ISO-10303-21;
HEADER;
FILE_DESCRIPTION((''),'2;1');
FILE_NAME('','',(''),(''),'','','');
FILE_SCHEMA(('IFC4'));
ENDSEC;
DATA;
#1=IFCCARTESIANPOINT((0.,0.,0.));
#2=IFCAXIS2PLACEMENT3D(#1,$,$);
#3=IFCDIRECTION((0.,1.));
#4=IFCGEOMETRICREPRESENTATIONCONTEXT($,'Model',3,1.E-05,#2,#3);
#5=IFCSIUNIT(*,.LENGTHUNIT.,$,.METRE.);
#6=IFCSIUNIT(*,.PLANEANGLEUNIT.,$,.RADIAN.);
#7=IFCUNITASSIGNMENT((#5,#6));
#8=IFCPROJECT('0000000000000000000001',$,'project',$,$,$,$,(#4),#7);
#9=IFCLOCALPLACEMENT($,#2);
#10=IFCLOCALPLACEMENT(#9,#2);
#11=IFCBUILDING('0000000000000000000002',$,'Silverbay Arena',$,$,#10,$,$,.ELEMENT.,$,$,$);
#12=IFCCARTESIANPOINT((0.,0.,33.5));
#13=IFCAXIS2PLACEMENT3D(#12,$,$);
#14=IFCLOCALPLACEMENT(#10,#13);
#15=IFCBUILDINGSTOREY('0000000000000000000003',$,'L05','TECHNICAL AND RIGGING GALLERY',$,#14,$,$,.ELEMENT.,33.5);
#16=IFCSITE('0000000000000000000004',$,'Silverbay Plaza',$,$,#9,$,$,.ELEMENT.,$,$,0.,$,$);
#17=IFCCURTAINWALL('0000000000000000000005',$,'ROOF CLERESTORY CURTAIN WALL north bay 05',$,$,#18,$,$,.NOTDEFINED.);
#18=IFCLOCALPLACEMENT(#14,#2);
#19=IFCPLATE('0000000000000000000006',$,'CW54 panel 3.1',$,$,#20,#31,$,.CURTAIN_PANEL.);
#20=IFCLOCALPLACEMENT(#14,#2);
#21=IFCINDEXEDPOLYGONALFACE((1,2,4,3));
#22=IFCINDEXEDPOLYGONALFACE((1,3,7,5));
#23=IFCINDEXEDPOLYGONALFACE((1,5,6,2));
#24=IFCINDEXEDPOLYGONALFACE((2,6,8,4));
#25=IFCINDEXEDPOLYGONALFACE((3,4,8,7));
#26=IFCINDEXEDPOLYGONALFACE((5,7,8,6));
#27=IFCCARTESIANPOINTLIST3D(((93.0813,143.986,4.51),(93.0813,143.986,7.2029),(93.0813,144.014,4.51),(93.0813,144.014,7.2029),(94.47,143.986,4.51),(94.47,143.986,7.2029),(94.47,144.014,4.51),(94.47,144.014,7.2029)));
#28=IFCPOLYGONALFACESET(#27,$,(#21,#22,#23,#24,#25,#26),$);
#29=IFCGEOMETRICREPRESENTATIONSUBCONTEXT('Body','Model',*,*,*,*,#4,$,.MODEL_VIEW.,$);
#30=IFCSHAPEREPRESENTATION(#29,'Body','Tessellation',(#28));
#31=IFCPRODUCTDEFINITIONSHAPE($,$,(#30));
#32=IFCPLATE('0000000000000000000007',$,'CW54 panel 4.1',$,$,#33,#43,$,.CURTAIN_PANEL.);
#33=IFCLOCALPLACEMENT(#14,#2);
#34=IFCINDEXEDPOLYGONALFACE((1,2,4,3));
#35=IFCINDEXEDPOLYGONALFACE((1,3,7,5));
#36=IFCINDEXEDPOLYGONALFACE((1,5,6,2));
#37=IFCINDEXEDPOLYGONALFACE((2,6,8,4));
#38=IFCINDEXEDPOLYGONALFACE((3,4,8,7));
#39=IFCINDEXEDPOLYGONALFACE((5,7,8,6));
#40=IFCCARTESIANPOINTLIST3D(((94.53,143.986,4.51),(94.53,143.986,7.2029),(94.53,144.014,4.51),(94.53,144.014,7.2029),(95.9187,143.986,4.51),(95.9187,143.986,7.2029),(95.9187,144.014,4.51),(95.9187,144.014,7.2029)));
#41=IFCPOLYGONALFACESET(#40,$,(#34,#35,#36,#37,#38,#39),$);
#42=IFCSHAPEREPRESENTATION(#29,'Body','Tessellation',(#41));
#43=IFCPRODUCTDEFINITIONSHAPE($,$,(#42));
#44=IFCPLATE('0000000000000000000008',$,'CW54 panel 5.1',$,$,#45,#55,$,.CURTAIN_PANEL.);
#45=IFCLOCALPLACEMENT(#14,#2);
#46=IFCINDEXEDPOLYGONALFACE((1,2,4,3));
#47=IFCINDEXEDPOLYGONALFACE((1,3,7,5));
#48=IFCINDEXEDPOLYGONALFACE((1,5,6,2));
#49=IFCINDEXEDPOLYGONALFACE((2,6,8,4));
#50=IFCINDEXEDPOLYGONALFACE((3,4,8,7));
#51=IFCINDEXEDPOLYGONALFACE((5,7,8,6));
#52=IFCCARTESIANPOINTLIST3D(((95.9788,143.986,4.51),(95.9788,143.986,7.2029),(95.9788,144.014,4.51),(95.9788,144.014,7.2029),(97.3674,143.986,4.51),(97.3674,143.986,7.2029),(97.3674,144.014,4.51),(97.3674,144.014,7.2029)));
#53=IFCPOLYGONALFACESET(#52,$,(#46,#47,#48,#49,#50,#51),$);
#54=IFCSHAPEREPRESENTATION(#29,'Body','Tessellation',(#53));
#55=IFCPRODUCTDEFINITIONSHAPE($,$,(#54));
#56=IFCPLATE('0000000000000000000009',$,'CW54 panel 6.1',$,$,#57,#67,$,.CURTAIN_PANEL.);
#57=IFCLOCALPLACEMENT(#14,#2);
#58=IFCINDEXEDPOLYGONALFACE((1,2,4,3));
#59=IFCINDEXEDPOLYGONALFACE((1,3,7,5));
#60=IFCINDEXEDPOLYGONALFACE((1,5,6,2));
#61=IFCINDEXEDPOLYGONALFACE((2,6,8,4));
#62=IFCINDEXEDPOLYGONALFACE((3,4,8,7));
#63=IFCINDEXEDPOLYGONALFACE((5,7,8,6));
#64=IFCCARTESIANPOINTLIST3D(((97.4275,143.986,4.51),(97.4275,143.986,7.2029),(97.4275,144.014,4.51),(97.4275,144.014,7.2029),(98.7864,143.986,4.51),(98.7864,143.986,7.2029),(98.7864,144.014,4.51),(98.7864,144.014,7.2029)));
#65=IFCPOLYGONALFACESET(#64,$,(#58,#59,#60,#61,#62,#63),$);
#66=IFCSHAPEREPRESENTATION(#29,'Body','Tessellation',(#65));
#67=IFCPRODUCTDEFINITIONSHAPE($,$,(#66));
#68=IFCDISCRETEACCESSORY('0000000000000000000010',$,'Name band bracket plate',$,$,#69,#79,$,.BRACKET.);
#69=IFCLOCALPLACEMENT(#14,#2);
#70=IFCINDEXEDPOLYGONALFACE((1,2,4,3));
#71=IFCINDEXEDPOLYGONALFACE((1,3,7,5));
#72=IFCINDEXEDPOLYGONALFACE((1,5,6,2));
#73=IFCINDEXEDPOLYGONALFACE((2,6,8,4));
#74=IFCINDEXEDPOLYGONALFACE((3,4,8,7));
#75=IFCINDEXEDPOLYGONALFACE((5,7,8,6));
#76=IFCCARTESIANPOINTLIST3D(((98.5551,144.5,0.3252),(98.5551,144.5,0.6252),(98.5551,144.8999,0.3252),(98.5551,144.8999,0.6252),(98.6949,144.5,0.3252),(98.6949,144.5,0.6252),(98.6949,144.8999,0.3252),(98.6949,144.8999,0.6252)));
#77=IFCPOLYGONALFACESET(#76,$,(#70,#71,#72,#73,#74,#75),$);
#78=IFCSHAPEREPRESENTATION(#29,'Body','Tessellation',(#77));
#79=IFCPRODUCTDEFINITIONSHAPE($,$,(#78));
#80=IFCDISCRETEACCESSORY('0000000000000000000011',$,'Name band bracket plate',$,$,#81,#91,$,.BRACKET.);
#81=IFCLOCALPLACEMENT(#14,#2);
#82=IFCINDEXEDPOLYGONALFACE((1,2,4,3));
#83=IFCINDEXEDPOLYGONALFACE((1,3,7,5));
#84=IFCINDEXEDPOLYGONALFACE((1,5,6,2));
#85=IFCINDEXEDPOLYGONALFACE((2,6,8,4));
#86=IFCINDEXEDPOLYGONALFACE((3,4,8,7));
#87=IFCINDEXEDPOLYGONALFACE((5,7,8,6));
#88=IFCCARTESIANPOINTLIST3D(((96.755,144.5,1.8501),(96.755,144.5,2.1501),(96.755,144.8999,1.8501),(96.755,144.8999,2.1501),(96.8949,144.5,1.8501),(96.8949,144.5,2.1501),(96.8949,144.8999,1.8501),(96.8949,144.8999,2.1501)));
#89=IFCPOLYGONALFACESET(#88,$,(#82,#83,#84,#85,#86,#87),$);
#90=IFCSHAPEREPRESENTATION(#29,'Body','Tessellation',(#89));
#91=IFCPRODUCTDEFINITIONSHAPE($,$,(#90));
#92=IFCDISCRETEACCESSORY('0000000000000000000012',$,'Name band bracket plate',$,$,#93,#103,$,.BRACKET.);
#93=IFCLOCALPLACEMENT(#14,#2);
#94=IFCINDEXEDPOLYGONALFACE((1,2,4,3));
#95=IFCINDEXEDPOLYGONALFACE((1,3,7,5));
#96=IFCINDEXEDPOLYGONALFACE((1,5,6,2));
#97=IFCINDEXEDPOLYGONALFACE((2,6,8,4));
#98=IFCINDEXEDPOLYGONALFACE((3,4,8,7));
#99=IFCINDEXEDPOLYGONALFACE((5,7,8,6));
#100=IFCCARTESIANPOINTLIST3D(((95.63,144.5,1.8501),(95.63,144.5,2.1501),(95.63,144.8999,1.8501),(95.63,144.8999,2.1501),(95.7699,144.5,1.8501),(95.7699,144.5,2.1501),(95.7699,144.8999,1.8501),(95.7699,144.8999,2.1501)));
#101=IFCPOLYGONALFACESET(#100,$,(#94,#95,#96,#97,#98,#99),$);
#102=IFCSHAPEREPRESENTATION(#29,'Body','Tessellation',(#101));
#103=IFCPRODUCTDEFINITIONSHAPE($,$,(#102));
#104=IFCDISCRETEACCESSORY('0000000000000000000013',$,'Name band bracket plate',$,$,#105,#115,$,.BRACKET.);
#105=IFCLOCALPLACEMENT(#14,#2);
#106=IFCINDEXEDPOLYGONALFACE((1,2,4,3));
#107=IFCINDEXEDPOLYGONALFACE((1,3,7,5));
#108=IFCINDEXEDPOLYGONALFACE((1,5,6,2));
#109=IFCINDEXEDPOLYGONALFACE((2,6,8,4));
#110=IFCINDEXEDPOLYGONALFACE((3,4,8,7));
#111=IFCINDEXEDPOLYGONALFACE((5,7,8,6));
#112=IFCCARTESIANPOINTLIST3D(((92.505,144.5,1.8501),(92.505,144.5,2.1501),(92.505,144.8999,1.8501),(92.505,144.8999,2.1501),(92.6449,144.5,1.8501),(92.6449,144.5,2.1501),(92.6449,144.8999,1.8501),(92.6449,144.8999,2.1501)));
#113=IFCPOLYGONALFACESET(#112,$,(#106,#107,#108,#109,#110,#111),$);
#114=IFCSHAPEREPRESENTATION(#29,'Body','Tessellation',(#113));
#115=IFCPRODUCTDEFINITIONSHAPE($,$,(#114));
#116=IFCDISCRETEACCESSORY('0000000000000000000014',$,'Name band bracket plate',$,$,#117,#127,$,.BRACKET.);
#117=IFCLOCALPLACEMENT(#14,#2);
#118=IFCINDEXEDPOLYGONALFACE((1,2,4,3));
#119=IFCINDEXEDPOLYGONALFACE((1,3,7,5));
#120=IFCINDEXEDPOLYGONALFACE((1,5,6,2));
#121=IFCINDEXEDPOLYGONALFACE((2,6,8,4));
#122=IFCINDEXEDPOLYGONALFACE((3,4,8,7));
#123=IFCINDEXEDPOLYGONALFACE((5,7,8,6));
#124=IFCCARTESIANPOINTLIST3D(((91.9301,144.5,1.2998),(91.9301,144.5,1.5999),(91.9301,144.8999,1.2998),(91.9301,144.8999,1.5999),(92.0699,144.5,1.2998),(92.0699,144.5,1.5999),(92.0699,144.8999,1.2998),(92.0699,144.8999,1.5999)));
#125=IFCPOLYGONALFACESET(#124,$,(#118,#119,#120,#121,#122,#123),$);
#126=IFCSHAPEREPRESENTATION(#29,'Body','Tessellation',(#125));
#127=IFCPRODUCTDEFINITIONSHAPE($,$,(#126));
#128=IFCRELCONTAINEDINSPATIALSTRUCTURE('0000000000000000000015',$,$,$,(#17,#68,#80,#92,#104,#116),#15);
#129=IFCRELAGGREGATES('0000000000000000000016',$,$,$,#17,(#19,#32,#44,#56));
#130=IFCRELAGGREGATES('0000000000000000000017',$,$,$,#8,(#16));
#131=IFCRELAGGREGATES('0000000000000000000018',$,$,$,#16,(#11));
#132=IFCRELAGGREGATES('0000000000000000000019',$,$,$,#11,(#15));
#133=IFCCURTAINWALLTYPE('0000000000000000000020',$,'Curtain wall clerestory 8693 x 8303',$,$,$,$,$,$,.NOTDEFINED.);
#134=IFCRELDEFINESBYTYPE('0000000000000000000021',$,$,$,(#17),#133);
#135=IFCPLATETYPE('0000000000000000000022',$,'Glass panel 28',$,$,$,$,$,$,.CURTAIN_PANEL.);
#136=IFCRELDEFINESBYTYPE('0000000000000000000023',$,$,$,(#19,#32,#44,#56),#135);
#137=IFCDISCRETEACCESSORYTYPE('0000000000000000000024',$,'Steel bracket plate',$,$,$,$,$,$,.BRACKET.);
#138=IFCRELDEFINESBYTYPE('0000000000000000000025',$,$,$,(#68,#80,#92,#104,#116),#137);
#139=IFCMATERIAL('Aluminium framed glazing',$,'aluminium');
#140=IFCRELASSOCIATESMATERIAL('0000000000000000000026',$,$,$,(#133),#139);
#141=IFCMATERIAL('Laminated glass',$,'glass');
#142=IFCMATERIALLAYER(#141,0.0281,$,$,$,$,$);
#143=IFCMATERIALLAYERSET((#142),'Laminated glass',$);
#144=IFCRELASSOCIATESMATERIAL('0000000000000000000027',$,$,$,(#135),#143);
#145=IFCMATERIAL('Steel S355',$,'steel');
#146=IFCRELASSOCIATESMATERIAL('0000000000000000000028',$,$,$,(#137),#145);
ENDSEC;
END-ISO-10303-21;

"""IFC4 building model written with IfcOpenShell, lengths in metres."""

from ifc_helpers import new_model, si_unit, direction, frame, origin, origin_2d, place, context, subcontext, project, spatial, rectangle, extrude, material, layer, layer_set, type_object, element, aggregate, save


model = new_model("IFC4")

# Units and contexts
model_context = context("Model", 3, precision=1e-05, world=origin(), true_north=direction((0.0, 1.0)))
body_context = subcontext(model_context, "Body", "Model", "MODEL_VIEW")
ifc_project = project(units=[si_unit("LENGTHUNIT", "METRE"), si_unit("PLANEANGLEUNIT", "RADIAN")], contexts=[model_context])

# Site, building, storey
site_placement = place(None, origin())
site = spatial("IfcSite", under=ifc_project, at=site_placement, Name="Silverbay Plaza", CompositionType="ELEMENT", RefElevation=0.0)
building_placement = place(site_placement, origin())
building = spatial("IfcBuilding", under=site, at=building_placement, Name="Silverbay Arena", CompositionType="ELEMENT")
storey_placement = place(building_placement, frame((0.0, 0.0, 33.5)))
storey = spatial("IfcBuildingStorey", under=building, at=storey_placement, Name="L05", Description="TECHNICAL AND RIGGING GALLERY", CompositionType="ELEMENT", Elevation=33.5)

# Curtain wall
ifc_material_1 = material(Name="Aluminium framed glazing", Category="aluminium")
curtain_wall_type = type_object("IfcCurtainWallType", Name="Curtain wall clerestory 8693 x 8303", PredefinedType="NOTDEFINED", material=ifc_material_1)
curtain_wall_placement = place(storey_placement, origin())
curtain_wall = element("IfcCurtainWall", 1, at=curtain_wall_placement, inside=storey, type_object=curtain_wall_type, Name="ROOF CLERESTORY CURTAIN WALL north bay 05", PredefinedType="NOTDEFINED")

# Plates
ifc_material_2 = material(Name="Laminated glass", Category="glass")
ifc_layer = layer(ifc_material_2, 0.0281)
ifc_layer_set = layer_set([ifc_layer], Name="Laminated glass")
plate_type = type_object("IfcPlateType", Name="Glass panel 28", PredefinedType="CURTAIN_PANEL", material=ifc_layer_set)
plate_1_placement = place(storey_placement, frame((93.7756, 144.0, 4.51), z_axis=(0.0, 0.0, 1.0), x_axis=(1.0, 0.0, 0.0)))
plate_1 = element("IfcPlate", 2, at=plate_1_placement, type_object=plate_type, Name="CW54 panel 3.1", PredefinedType="CURTAIN_PANEL", context=body_context, shape_type="SweptSolid", body=[
    extrude(rectangle(XDim=1.3887, YDim=0.0281, at=origin_2d()), origin(), (0.0, 0.0, 1.0), 2.6929),
])
plate_2_placement = place(storey_placement, frame((95.2244, 144.0, 4.51), z_axis=(0.0, 0.0, 1.0), x_axis=(1.0, 0.0, 0.0)))
plate_2 = element("IfcPlate", 3, at=plate_2_placement, type_object=plate_type, Name="CW54 panel 4.1", PredefinedType="CURTAIN_PANEL", context=body_context, shape_type="SweptSolid", body=[
    extrude(rectangle(XDim=1.3887, YDim=0.0281, at=origin_2d()), origin(), (0.0, 0.0, 1.0), 2.6929),
])
plate_3_placement = place(storey_placement, frame((96.6731, 144.0, 4.51), z_axis=(0.0, 0.0, 1.0), x_axis=(1.0, 0.0, 0.0)))
plate_3 = element("IfcPlate", 4, at=plate_3_placement, type_object=plate_type, Name="CW54 panel 5.1", PredefinedType="CURTAIN_PANEL", context=body_context, shape_type="SweptSolid", body=[
    extrude(rectangle(XDim=1.3887, YDim=0.0281, at=origin_2d()), origin(), (0.0, 0.0, 1.0), 2.6929),
])
plate_4_placement = place(storey_placement, frame((98.1069, 144.0, 4.51), z_axis=(0.0, 0.0, 1.0), x_axis=(1.0, 0.0, 0.0)))
plate_4 = element("IfcPlate", 5, at=plate_4_placement, type_object=plate_type, Name="CW54 panel 6.1", PredefinedType="CURTAIN_PANEL", context=body_context, shape_type="SweptSolid", body=[
    extrude(rectangle(XDim=1.3589, YDim=0.0281, at=origin_2d()), origin(), (0.0, 0.0, 1.0), 2.6929),
])
aggregate(curtain_wall, [plate_1, plate_2, plate_3, plate_4])

# Discrete accessories
ifc_material_3 = material(Name="Steel S355", Category="steel")
discrete_accessory_type = type_object("IfcDiscreteAccessoryType", Name="Steel bracket plate", PredefinedType="BRACKET", material=ifc_material_3)
for number, where, z_axis, x_axis, name in (
    (6, (98.625, 144.7, 0.3252), (0.0, 0.0, 1.0), (1.0, 0.0, 0.0), "Name band bracket plate"),
    (7, (96.825, 144.7, 1.8501), (0.0, 0.0, 1.0), (1.0, 0.0, 0.0), "Name band bracket plate"),
    (8, (95.7, 144.7, 1.8501), (0.0, 0.0, 1.0), (1.0, 0.0, 0.0), "Name band bracket plate"),
    (9, (92.575, 144.7, 1.8501), (0.0, 0.0, 1.0), (1.0, 0.0, 0.0), "Name band bracket plate"),
    (10, (92.0, 144.7, 1.2998), (0.0, 0.0, 1.0), (1.0, 0.0, 0.0), "Name band bracket plate"),
):
    element("IfcDiscreteAccessory", number, at=place(storey_placement, frame(where, z_axis=z_axis, x_axis=x_axis)), inside=storey, type_object=discrete_accessory_type, Name=name, PredefinedType="BRACKET", context=body_context, shape_type="SweptSolid", body=[
        extrude(rectangle(XDim=0.1399, YDim=0.3999, at=origin_2d()), origin(), (0.0, 0.0, 1.0), 0.3),
    ])

save(model, "model.ifc")
